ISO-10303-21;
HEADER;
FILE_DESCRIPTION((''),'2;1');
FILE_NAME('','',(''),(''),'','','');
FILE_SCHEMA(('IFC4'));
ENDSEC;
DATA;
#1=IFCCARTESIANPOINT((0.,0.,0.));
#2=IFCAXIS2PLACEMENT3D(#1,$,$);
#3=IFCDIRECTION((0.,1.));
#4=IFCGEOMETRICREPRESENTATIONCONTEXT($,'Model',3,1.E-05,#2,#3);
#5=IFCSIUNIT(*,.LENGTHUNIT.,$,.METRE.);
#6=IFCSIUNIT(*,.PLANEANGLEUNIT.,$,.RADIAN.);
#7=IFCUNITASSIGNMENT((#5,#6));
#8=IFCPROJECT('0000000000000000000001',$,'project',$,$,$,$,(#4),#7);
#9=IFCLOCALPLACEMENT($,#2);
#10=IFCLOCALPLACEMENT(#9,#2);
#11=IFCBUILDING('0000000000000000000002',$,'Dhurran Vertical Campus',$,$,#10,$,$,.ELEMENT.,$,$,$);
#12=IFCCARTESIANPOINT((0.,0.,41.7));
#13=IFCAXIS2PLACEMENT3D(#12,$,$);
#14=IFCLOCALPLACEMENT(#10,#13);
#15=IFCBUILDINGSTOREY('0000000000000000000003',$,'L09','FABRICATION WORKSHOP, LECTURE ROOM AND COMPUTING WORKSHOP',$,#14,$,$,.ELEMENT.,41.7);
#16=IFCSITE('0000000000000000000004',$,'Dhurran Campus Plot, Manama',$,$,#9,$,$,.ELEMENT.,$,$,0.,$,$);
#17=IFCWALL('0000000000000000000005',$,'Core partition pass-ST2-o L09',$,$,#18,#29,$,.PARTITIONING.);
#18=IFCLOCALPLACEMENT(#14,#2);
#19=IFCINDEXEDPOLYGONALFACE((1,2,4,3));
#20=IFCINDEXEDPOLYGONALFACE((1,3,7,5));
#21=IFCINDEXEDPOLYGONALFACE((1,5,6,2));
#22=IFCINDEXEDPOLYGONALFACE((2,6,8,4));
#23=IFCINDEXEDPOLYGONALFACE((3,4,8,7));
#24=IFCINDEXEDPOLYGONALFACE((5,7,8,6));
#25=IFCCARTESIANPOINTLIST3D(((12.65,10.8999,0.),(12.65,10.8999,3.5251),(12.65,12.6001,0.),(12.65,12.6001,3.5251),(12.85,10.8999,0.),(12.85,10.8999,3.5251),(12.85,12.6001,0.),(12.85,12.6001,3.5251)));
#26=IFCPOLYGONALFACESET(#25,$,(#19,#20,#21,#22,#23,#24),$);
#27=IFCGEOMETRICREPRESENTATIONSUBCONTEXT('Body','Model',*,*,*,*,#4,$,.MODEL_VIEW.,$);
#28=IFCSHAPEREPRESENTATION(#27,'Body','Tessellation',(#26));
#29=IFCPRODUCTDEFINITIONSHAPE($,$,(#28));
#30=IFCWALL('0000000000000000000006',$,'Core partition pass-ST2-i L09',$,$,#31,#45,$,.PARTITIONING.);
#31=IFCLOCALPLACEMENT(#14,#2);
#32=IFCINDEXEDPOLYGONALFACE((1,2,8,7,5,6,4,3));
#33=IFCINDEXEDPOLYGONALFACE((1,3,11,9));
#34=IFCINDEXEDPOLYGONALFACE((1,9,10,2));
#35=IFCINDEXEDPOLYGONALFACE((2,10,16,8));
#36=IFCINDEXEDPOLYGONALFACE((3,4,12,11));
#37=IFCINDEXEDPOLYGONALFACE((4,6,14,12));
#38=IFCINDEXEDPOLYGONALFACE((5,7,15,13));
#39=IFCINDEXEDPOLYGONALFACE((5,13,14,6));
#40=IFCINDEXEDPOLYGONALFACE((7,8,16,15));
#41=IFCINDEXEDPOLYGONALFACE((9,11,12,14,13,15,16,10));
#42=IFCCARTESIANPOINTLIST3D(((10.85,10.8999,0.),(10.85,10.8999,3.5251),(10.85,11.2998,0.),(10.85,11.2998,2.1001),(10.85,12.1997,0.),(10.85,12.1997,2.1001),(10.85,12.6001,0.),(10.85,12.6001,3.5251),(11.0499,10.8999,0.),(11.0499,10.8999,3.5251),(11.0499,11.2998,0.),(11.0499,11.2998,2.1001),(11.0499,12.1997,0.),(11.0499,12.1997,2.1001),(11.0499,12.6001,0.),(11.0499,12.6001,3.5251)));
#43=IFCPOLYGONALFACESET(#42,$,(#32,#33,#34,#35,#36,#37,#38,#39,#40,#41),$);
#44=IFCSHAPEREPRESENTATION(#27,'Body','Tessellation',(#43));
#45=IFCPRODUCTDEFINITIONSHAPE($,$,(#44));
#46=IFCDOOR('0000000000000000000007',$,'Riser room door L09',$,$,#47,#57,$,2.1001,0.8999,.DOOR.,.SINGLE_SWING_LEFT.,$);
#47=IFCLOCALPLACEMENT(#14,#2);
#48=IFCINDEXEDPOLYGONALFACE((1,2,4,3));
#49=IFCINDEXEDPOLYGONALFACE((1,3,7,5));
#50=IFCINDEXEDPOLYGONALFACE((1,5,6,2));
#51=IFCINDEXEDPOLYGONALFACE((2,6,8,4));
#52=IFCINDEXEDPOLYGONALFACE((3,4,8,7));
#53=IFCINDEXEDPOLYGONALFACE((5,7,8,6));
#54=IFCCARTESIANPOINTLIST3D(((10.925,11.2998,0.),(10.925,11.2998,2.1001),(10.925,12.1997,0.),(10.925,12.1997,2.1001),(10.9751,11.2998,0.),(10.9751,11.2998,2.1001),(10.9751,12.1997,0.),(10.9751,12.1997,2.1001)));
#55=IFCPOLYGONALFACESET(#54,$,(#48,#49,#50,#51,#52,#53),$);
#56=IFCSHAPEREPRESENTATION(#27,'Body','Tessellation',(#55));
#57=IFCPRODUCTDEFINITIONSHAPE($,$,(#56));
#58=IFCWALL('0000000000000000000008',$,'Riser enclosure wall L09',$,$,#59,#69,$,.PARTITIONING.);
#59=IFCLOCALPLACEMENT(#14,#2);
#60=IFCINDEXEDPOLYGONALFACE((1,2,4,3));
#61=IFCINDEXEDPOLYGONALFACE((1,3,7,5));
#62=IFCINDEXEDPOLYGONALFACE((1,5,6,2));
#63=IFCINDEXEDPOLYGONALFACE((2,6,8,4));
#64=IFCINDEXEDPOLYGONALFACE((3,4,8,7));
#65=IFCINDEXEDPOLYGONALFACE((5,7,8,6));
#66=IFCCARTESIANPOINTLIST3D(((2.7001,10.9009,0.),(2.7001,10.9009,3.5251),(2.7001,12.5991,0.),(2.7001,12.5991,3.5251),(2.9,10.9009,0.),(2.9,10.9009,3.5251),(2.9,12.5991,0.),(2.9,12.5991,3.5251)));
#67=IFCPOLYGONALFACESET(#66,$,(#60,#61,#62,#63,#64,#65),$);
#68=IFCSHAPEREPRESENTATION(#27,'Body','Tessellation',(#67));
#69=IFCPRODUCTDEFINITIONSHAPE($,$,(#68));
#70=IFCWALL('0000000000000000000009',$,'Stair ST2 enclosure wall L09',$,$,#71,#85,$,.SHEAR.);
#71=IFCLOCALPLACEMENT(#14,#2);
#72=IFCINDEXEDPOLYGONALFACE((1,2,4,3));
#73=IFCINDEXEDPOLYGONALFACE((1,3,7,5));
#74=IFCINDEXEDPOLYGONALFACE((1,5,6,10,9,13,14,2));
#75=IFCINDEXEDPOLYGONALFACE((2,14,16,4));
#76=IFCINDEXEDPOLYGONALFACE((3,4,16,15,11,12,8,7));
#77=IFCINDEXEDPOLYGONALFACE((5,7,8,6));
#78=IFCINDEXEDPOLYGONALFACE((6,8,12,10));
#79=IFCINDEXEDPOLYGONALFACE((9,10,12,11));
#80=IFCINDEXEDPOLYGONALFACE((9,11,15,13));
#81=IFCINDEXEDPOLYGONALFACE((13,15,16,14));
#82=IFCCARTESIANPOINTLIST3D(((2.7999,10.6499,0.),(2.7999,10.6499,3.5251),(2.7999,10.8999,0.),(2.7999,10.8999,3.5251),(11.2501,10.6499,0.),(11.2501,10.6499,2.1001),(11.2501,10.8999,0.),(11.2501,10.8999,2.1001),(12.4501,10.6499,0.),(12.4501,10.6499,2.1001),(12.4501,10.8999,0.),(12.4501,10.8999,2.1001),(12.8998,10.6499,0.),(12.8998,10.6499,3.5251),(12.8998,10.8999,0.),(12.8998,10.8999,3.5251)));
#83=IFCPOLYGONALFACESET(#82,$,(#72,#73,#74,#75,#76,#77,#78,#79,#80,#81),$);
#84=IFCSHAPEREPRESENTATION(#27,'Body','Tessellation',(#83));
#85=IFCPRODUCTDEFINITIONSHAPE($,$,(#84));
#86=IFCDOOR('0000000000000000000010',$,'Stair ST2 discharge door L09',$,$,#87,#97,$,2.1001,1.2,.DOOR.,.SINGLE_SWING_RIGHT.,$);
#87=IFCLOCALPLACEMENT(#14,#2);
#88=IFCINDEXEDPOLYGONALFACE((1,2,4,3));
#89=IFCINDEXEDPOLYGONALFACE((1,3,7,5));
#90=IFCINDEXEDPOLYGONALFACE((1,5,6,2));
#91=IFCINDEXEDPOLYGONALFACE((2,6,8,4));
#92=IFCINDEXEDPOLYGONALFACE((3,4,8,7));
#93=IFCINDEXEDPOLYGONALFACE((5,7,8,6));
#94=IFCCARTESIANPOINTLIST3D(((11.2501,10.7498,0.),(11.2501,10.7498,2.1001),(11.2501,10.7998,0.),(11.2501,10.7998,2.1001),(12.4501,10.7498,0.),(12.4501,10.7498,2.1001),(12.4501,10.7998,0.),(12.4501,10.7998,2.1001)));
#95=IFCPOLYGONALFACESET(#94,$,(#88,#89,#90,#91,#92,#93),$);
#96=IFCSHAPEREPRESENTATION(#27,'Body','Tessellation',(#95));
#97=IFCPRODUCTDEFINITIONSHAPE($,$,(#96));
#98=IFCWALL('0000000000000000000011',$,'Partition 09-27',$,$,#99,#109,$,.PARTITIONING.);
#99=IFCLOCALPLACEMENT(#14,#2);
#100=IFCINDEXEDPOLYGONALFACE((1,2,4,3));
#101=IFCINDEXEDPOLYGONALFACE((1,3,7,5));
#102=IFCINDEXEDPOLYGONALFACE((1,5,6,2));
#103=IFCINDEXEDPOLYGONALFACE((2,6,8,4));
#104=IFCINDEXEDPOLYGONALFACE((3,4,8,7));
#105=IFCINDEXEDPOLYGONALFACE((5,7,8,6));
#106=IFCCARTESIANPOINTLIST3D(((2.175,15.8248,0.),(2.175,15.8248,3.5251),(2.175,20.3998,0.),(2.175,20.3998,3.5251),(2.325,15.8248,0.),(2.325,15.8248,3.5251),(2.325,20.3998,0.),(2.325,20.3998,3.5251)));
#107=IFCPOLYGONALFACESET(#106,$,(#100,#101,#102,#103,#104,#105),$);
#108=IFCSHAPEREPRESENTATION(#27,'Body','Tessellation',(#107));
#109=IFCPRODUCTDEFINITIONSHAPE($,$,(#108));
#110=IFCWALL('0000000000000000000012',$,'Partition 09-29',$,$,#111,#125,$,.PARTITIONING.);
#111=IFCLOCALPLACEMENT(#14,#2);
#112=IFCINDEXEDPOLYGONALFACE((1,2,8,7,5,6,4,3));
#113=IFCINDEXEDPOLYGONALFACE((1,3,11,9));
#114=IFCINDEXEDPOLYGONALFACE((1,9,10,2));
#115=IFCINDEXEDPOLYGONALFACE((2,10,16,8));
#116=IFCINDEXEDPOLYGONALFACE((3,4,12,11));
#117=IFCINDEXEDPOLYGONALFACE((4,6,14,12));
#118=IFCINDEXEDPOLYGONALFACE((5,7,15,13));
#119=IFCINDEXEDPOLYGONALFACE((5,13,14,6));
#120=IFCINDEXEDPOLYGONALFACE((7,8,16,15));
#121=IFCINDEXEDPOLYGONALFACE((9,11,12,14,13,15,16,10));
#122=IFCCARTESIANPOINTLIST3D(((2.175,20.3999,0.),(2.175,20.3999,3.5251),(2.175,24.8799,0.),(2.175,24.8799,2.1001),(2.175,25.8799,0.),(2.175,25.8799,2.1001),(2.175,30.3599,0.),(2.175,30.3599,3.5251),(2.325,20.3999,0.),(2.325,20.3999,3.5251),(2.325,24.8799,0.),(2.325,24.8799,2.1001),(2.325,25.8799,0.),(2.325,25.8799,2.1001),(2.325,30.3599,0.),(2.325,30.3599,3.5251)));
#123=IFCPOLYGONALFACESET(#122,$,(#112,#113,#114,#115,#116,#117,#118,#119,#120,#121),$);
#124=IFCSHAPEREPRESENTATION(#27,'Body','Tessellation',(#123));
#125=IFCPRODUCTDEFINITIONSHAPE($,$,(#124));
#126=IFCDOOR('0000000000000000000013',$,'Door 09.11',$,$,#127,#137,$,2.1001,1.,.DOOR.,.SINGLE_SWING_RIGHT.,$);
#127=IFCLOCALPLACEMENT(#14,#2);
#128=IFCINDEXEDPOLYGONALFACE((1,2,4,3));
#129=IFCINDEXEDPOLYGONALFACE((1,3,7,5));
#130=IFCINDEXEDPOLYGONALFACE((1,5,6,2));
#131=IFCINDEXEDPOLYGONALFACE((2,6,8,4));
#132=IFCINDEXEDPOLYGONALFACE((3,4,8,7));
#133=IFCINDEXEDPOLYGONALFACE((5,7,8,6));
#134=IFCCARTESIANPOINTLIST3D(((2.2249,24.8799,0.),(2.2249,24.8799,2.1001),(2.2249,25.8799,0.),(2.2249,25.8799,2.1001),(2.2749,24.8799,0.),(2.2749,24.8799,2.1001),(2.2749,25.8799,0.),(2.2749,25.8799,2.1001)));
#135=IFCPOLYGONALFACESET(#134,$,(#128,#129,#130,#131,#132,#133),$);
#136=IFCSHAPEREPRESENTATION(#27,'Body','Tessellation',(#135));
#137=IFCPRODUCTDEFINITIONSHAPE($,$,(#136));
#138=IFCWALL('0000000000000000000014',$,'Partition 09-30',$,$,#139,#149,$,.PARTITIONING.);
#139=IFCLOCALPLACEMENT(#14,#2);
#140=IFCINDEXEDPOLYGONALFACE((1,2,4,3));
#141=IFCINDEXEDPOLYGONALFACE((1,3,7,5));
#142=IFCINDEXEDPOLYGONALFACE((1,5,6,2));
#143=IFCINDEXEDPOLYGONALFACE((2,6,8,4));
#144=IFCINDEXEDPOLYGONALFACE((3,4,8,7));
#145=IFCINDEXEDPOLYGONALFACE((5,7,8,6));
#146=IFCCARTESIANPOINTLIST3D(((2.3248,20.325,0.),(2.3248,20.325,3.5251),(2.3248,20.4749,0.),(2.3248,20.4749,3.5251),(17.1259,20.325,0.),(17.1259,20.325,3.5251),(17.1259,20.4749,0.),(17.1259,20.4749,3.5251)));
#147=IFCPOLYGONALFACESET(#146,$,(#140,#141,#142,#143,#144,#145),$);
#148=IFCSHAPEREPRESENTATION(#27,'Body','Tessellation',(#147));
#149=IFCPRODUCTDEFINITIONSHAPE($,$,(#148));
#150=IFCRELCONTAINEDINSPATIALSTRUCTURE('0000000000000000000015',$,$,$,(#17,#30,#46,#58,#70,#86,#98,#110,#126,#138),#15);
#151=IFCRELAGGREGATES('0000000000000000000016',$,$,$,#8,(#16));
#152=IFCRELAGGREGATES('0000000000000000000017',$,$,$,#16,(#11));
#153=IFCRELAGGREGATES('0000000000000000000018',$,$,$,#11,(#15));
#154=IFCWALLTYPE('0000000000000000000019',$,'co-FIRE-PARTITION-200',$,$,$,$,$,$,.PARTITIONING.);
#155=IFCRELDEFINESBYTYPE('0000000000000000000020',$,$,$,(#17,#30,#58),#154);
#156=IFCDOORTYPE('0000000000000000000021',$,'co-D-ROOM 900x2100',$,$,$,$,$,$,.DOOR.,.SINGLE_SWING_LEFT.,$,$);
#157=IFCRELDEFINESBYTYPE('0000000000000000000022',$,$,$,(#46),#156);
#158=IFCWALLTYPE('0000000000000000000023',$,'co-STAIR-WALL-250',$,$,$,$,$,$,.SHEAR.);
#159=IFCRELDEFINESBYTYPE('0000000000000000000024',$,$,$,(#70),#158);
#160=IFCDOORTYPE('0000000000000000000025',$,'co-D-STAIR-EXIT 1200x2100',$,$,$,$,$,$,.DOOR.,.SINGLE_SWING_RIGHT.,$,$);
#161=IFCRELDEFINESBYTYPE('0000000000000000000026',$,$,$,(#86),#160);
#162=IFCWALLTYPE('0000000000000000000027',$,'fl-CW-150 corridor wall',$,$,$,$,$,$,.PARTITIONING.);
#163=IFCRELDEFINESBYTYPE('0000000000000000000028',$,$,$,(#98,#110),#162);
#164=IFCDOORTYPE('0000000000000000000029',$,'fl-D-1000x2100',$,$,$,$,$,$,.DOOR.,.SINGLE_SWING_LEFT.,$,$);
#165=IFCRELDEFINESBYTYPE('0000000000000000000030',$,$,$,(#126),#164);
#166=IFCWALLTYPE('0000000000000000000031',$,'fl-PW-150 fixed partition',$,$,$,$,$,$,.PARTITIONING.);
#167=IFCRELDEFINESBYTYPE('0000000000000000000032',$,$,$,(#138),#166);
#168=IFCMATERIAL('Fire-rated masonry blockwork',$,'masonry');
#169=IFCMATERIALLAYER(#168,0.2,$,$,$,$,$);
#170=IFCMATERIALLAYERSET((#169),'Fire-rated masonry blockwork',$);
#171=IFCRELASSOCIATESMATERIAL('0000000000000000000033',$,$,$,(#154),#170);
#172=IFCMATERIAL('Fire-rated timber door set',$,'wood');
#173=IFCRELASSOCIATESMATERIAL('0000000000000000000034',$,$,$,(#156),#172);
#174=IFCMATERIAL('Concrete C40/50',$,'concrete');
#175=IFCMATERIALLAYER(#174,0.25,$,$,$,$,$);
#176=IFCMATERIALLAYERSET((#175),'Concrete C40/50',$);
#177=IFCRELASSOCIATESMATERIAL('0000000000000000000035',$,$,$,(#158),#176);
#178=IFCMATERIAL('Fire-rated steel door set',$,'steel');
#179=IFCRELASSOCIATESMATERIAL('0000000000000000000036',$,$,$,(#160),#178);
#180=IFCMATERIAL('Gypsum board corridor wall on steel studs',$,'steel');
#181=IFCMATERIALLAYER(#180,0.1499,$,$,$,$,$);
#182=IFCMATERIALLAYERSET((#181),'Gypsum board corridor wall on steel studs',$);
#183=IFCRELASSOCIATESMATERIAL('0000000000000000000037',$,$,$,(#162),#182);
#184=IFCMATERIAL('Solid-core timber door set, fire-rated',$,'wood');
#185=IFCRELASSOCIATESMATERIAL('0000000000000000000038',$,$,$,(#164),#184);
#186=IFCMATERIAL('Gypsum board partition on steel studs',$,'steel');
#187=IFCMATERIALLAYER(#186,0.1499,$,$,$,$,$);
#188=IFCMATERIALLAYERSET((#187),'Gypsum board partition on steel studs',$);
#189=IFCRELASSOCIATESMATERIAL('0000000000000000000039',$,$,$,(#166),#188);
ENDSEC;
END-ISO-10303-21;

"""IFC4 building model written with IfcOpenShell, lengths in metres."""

from ifc_helpers import new_model, si_unit, direction, frame, frame_2d, origin, place, context, subcontext, project, spatial, rectangle, extrude, material, layer, layer_set, type_object, element, fill, save


model = new_model("IFC4")

# Units and contexts
model_context = context("Model", 3, precision=1e-05, world=origin(), true_north=direction((0.0, 1.0)))
body_context = subcontext(model_context, "Body", "Model", "MODEL_VIEW")
ifc_project = project(units=[si_unit("LENGTHUNIT", "METRE"), si_unit("PLANEANGLEUNIT", "RADIAN")], contexts=[model_context])

# Site, building, storey
site_placement = place(None, origin())
site = spatial("IfcSite", under=ifc_project, at=site_placement, Name="Dhurran Campus Plot, Manama", CompositionType="ELEMENT", RefElevation=0.0)
building_placement = place(site_placement, origin())
building = spatial("IfcBuilding", under=site, at=building_placement, Name="Dhurran Vertical Campus", CompositionType="ELEMENT")
storey_placement = place(building_placement, frame((0.0, 0.0, 41.7)))
storey = spatial("IfcBuildingStorey", under=building, at=storey_placement, Name="L09", Description="FABRICATION WORKSHOP, LECTURE ROOM AND COMPUTING WORKSHOP", CompositionType="ELEMENT", Elevation=41.7)

# Wall
ifc_material_1 = material(Name="Fire-rated masonry blockwork", Category="masonry")
ifc_layer_1 = layer(ifc_material_1, 0.2)
ifc_layer_set_1 = layer_set([ifc_layer_1], Name="Fire-rated masonry blockwork")
wall_type_1 = type_object("IfcWallType", Name="co-FIRE-PARTITION-200", PredefinedType="PARTITIONING", material=ifc_layer_set_1)
wall_1_placement = place(storey_placement, frame((12.75, 10.8999, 0.0), z_axis=(0.0, 0.0, 1.0), x_axis=(0.0, 1.0, 0.0)))
element("IfcWall", 1, at=wall_1_placement, inside=storey, type_object=wall_type_1, Name="Core partition pass-ST2-o L09", PredefinedType="PARTITIONING", context=body_context, shape_type="SweptSolid", body=[
    extrude(rectangle(XDim=1.7002, YDim=0.2, at=frame_2d((0.8501, 0.0))), origin(), (0.0, 0.0, 1.0), 3.5251),
])

# Wall, opening, door
wall_2_placement = place(storey_placement, frame((10.95, 10.8999, 0.0), z_axis=(0.0, 0.0, 1.0), x_axis=(0.0, 1.0, 0.0)))
wall_2 = element("IfcWall", 2, at=wall_2_placement, inside=storey, type_object=wall_type_1, Name="Core partition pass-ST2-i L09", PredefinedType="PARTITIONING", context=body_context, shape_type="SweptSolid", body=[
    extrude(rectangle(XDim=1.7002, YDim=0.2, at=frame_2d((0.8501, 0.0))), origin(), (0.0, 0.0, 1.0), 3.5251),
])
opening_1_placement = place(wall_2_placement, frame((0.3999, 0.0, 0.0)))
opening_1 = element("IfcOpeningElement", 3, at=opening_1_placement, cuts=wall_2, PredefinedType="OPENING", context=body_context, shape_type="SweptSolid", body=[
    extrude(rectangle(XDim=0.8999, YDim=2.1001, at=frame_2d((0.45, 1.05))), frame((0.0, 0.1099, 0.0), z_axis=(0.0, -1.0, 0.0), x_axis=(1.0, 0.0, 0.0)), (0.0, 0.0, 1.0), 0.22),
])
ifc_material_2 = material(Name="Fire-rated timber door set", Category="wood")
door_type_1 = type_object("IfcDoorType", Name="co-D-ROOM 900x2100", OperationType="SINGLE_SWING_LEFT", PredefinedType="DOOR", material=ifc_material_2)
door_1_placement = place(opening_1_placement, origin())
door_1 = element("IfcDoor", 4, at=door_1_placement, inside=storey, type_object=door_type_1, Name="Riser room door L09", OperationType="SINGLE_SWING_LEFT", OverallHeight=2.1001, OverallWidth=0.8999, PredefinedType="DOOR", context=body_context, shape_type="SweptSolid", body=[
    extrude(rectangle(XDim=0.8999, YDim=2.1001, at=frame_2d((0.45, 1.05))), frame((0.0, 0.0249, 0.0), z_axis=(0.0, -1.0, 0.0), x_axis=(1.0, 0.0, 0.0)), (0.0, 0.0, 1.0), 0.05),
])
fill(opening_1, door_1)

# Wall
wall_3_placement = place(storey_placement, frame((2.8, 12.5991, 0.0), z_axis=(0.0, 0.0, 1.0), x_axis=(0.0, -1.0, 0.0)))
element("IfcWall", 5, at=wall_3_placement, inside=storey, type_object=wall_type_1, Name="Riser enclosure wall L09", PredefinedType="PARTITIONING", context=body_context, shape_type="SweptSolid", body=[
    extrude(rectangle(XDim=1.6982, YDim=0.2, at=frame_2d((0.8491, 0.0))), origin(), (0.0, 0.0, 1.0), 3.5251),
])

# Wall, opening, door
ifc_material_3 = material(Name="Concrete C40/50", Category="concrete")
ifc_layer_2 = layer(ifc_material_3, 0.25)
ifc_layer_set_2 = layer_set([ifc_layer_2], Name="Concrete C40/50")
wall_type_2 = type_object("IfcWallType", Name="co-STAIR-WALL-250", PredefinedType="SHEAR", material=ifc_layer_set_2)
wall_4_placement = place(storey_placement, frame((2.8, 10.7749, 0.0), z_axis=(0.0, 0.0, 1.0), x_axis=(1.0, 0.0, 0.0)))
wall_4 = element("IfcWall", 6, at=wall_4_placement, inside=storey, type_object=wall_type_2, Name="Stair ST2 enclosure wall L09", PredefinedType="SHEAR", context=body_context, shape_type="SweptSolid", body=[
    extrude(rectangle(XDim=10.0999, YDim=0.25, at=frame_2d((5.0498, 0.0))), origin(), (0.0, 0.0, 1.0), 3.5251),
])
opening_2_placement = place(wall_4_placement, frame((8.45, 0.0, 0.0)))
opening_2 = element("IfcOpeningElement", 7, at=opening_2_placement, cuts=wall_4, PredefinedType="OPENING", context=body_context, shape_type="SweptSolid", body=[
    extrude(rectangle(XDim=1.2, YDim=2.1001, at=frame_2d((0.6001, 1.05))), frame((0.0, 0.135, 0.0), z_axis=(0.0, -1.0, 0.0), x_axis=(1.0, 0.0, 0.0)), (0.0, 0.0, 1.0), 0.27),
])
ifc_material_4 = material(Name="Fire-rated steel door set", Category="steel")
door_type_2 = type_object("IfcDoorType", Name="co-D-STAIR-EXIT 1200x2100", OperationType="SINGLE_SWING_RIGHT", PredefinedType="DOOR", material=ifc_material_4)
door_2_placement = place(opening_2_placement, origin())
door_2 = element("IfcDoor", 8, at=door_2_placement, inside=storey, type_object=door_type_2, Name="Stair ST2 discharge door L09", OperationType="SINGLE_SWING_RIGHT", OverallHeight=2.1001, OverallWidth=1.2, PredefinedType="DOOR", context=body_context, shape_type="SweptSolid", body=[
    extrude(rectangle(XDim=1.2, YDim=2.1001, at=frame_2d((0.6001, 1.05))), frame((0.0, 0.0249, 0.0), z_axis=(0.0, -1.0, 0.0), x_axis=(1.0, 0.0, 0.0)), (0.0, 0.0, 1.0), 0.05),
])
fill(opening_2, door_2)

# Wall
ifc_material_5 = material(Name="Gypsum board corridor wall on steel studs", Category="steel")
ifc_layer_3 = layer(ifc_material_5, 0.1499)
ifc_layer_set_3 = layer_set([ifc_layer_3], Name="Gypsum board corridor wall on steel studs")
wall_type_3 = type_object("IfcWallType", Name="fl-CW-150 corridor wall", PredefinedType="PARTITIONING", material=ifc_layer_set_3)
wall_5_placement = place(storey_placement, frame((2.25, 20.3999, 0.0), z_axis=(0.0, 0.0, 1.0), x_axis=(0.0, -1.0, 0.0)))
element("IfcWall", 9, at=wall_5_placement, inside=storey, type_object=wall_type_3, Name="Partition 09-27", PredefinedType="PARTITIONING", context=body_context, shape_type="SweptSolid", body=[
    extrude(rectangle(XDim=4.575, YDim=0.1499, at=frame_2d((2.2876, 0.0))), origin(), (0.0, 0.0, 1.0), 3.5251),
])

# Wall, opening, door
wall_6_placement = place(storey_placement, frame((2.25, 30.3599, 0.0), z_axis=(0.0, 0.0, 1.0), x_axis=(0.0, -1.0, 0.0)))
wall_6 = element("IfcWall", 10, at=wall_6_placement, inside=storey, type_object=wall_type_3, Name="Partition 09-29", PredefinedType="PARTITIONING", context=body_context, shape_type="SweptSolid", body=[
    extrude(rectangle(XDim=9.96, YDim=0.1499, at=frame_2d((4.98, 0.0))), origin(), (0.0, 0.0, 1.0), 3.5251),
])
opening_3_placement = place(wall_6_placement, frame((4.48, 0.0, 0.0)))
opening_3 = element("IfcOpeningElement", 11, at=opening_3_placement, cuts=wall_6, PredefinedType="OPENING", context=body_context, shape_type="SweptSolid", body=[
    extrude(rectangle(XDim=1.0, YDim=2.1001, at=frame_2d((0.5, 1.05))), frame((0.0, 0.085, 0.0), z_axis=(0.0, -1.0, 0.0), x_axis=(1.0, 0.0, 0.0)), (0.0, 0.0, 1.0), 0.1699),
])
ifc_material_6 = material(Name="Solid-core timber door set, fire-rated", Category="wood")
door_type_3 = type_object("IfcDoorType", Name="fl-D-1000x2100", OperationType="SINGLE_SWING_LEFT", PredefinedType="DOOR", material=ifc_material_6)
door_3_placement = place(opening_3_placement, origin())
door_3 = element("IfcDoor", 12, at=door_3_placement, inside=storey, type_object=door_type_3, Name="Door 09.11", OperationType="SINGLE_SWING_RIGHT", OverallHeight=2.1001, OverallWidth=1.0, PredefinedType="DOOR", context=body_context, shape_type="SweptSolid", body=[
    extrude(rectangle(XDim=1.0, YDim=2.1001, at=frame_2d((0.5, 1.05))), frame((0.0, 0.0249, 0.0), z_axis=(0.0, -1.0, 0.0), x_axis=(1.0, 0.0, 0.0)), (0.0, 0.0, 1.0), 0.05),
])
fill(opening_3, door_3)

# Wall
ifc_material_7 = material(Name="Gypsum board partition on steel studs", Category="steel")
ifc_layer_4 = layer(ifc_material_7, 0.1499)
ifc_layer_set_4 = layer_set([ifc_layer_4], Name="Gypsum board partition on steel studs")
wall_type_4 = type_object("IfcWallType", Name="fl-PW-150 fixed partition", PredefinedType="PARTITIONING", material=ifc_layer_set_4)
wall_7_placement = place(storey_placement, frame((2.325, 20.3999, 0.0), z_axis=(0.0, 0.0, 1.0), x_axis=(1.0, 0.0, 0.0)))
element("IfcWall", 13, at=wall_7_placement, inside=storey, type_object=wall_type_4, Name="Partition 09-30", PredefinedType="PARTITIONING", context=body_context, shape_type="SweptSolid", body=[
    extrude(rectangle(XDim=14.801, YDim=0.1499, at=frame_2d((7.4004, 0.0))), origin(), (0.0, 0.0, 1.0), 3.5251),
])

save(model, "model.ifc")
